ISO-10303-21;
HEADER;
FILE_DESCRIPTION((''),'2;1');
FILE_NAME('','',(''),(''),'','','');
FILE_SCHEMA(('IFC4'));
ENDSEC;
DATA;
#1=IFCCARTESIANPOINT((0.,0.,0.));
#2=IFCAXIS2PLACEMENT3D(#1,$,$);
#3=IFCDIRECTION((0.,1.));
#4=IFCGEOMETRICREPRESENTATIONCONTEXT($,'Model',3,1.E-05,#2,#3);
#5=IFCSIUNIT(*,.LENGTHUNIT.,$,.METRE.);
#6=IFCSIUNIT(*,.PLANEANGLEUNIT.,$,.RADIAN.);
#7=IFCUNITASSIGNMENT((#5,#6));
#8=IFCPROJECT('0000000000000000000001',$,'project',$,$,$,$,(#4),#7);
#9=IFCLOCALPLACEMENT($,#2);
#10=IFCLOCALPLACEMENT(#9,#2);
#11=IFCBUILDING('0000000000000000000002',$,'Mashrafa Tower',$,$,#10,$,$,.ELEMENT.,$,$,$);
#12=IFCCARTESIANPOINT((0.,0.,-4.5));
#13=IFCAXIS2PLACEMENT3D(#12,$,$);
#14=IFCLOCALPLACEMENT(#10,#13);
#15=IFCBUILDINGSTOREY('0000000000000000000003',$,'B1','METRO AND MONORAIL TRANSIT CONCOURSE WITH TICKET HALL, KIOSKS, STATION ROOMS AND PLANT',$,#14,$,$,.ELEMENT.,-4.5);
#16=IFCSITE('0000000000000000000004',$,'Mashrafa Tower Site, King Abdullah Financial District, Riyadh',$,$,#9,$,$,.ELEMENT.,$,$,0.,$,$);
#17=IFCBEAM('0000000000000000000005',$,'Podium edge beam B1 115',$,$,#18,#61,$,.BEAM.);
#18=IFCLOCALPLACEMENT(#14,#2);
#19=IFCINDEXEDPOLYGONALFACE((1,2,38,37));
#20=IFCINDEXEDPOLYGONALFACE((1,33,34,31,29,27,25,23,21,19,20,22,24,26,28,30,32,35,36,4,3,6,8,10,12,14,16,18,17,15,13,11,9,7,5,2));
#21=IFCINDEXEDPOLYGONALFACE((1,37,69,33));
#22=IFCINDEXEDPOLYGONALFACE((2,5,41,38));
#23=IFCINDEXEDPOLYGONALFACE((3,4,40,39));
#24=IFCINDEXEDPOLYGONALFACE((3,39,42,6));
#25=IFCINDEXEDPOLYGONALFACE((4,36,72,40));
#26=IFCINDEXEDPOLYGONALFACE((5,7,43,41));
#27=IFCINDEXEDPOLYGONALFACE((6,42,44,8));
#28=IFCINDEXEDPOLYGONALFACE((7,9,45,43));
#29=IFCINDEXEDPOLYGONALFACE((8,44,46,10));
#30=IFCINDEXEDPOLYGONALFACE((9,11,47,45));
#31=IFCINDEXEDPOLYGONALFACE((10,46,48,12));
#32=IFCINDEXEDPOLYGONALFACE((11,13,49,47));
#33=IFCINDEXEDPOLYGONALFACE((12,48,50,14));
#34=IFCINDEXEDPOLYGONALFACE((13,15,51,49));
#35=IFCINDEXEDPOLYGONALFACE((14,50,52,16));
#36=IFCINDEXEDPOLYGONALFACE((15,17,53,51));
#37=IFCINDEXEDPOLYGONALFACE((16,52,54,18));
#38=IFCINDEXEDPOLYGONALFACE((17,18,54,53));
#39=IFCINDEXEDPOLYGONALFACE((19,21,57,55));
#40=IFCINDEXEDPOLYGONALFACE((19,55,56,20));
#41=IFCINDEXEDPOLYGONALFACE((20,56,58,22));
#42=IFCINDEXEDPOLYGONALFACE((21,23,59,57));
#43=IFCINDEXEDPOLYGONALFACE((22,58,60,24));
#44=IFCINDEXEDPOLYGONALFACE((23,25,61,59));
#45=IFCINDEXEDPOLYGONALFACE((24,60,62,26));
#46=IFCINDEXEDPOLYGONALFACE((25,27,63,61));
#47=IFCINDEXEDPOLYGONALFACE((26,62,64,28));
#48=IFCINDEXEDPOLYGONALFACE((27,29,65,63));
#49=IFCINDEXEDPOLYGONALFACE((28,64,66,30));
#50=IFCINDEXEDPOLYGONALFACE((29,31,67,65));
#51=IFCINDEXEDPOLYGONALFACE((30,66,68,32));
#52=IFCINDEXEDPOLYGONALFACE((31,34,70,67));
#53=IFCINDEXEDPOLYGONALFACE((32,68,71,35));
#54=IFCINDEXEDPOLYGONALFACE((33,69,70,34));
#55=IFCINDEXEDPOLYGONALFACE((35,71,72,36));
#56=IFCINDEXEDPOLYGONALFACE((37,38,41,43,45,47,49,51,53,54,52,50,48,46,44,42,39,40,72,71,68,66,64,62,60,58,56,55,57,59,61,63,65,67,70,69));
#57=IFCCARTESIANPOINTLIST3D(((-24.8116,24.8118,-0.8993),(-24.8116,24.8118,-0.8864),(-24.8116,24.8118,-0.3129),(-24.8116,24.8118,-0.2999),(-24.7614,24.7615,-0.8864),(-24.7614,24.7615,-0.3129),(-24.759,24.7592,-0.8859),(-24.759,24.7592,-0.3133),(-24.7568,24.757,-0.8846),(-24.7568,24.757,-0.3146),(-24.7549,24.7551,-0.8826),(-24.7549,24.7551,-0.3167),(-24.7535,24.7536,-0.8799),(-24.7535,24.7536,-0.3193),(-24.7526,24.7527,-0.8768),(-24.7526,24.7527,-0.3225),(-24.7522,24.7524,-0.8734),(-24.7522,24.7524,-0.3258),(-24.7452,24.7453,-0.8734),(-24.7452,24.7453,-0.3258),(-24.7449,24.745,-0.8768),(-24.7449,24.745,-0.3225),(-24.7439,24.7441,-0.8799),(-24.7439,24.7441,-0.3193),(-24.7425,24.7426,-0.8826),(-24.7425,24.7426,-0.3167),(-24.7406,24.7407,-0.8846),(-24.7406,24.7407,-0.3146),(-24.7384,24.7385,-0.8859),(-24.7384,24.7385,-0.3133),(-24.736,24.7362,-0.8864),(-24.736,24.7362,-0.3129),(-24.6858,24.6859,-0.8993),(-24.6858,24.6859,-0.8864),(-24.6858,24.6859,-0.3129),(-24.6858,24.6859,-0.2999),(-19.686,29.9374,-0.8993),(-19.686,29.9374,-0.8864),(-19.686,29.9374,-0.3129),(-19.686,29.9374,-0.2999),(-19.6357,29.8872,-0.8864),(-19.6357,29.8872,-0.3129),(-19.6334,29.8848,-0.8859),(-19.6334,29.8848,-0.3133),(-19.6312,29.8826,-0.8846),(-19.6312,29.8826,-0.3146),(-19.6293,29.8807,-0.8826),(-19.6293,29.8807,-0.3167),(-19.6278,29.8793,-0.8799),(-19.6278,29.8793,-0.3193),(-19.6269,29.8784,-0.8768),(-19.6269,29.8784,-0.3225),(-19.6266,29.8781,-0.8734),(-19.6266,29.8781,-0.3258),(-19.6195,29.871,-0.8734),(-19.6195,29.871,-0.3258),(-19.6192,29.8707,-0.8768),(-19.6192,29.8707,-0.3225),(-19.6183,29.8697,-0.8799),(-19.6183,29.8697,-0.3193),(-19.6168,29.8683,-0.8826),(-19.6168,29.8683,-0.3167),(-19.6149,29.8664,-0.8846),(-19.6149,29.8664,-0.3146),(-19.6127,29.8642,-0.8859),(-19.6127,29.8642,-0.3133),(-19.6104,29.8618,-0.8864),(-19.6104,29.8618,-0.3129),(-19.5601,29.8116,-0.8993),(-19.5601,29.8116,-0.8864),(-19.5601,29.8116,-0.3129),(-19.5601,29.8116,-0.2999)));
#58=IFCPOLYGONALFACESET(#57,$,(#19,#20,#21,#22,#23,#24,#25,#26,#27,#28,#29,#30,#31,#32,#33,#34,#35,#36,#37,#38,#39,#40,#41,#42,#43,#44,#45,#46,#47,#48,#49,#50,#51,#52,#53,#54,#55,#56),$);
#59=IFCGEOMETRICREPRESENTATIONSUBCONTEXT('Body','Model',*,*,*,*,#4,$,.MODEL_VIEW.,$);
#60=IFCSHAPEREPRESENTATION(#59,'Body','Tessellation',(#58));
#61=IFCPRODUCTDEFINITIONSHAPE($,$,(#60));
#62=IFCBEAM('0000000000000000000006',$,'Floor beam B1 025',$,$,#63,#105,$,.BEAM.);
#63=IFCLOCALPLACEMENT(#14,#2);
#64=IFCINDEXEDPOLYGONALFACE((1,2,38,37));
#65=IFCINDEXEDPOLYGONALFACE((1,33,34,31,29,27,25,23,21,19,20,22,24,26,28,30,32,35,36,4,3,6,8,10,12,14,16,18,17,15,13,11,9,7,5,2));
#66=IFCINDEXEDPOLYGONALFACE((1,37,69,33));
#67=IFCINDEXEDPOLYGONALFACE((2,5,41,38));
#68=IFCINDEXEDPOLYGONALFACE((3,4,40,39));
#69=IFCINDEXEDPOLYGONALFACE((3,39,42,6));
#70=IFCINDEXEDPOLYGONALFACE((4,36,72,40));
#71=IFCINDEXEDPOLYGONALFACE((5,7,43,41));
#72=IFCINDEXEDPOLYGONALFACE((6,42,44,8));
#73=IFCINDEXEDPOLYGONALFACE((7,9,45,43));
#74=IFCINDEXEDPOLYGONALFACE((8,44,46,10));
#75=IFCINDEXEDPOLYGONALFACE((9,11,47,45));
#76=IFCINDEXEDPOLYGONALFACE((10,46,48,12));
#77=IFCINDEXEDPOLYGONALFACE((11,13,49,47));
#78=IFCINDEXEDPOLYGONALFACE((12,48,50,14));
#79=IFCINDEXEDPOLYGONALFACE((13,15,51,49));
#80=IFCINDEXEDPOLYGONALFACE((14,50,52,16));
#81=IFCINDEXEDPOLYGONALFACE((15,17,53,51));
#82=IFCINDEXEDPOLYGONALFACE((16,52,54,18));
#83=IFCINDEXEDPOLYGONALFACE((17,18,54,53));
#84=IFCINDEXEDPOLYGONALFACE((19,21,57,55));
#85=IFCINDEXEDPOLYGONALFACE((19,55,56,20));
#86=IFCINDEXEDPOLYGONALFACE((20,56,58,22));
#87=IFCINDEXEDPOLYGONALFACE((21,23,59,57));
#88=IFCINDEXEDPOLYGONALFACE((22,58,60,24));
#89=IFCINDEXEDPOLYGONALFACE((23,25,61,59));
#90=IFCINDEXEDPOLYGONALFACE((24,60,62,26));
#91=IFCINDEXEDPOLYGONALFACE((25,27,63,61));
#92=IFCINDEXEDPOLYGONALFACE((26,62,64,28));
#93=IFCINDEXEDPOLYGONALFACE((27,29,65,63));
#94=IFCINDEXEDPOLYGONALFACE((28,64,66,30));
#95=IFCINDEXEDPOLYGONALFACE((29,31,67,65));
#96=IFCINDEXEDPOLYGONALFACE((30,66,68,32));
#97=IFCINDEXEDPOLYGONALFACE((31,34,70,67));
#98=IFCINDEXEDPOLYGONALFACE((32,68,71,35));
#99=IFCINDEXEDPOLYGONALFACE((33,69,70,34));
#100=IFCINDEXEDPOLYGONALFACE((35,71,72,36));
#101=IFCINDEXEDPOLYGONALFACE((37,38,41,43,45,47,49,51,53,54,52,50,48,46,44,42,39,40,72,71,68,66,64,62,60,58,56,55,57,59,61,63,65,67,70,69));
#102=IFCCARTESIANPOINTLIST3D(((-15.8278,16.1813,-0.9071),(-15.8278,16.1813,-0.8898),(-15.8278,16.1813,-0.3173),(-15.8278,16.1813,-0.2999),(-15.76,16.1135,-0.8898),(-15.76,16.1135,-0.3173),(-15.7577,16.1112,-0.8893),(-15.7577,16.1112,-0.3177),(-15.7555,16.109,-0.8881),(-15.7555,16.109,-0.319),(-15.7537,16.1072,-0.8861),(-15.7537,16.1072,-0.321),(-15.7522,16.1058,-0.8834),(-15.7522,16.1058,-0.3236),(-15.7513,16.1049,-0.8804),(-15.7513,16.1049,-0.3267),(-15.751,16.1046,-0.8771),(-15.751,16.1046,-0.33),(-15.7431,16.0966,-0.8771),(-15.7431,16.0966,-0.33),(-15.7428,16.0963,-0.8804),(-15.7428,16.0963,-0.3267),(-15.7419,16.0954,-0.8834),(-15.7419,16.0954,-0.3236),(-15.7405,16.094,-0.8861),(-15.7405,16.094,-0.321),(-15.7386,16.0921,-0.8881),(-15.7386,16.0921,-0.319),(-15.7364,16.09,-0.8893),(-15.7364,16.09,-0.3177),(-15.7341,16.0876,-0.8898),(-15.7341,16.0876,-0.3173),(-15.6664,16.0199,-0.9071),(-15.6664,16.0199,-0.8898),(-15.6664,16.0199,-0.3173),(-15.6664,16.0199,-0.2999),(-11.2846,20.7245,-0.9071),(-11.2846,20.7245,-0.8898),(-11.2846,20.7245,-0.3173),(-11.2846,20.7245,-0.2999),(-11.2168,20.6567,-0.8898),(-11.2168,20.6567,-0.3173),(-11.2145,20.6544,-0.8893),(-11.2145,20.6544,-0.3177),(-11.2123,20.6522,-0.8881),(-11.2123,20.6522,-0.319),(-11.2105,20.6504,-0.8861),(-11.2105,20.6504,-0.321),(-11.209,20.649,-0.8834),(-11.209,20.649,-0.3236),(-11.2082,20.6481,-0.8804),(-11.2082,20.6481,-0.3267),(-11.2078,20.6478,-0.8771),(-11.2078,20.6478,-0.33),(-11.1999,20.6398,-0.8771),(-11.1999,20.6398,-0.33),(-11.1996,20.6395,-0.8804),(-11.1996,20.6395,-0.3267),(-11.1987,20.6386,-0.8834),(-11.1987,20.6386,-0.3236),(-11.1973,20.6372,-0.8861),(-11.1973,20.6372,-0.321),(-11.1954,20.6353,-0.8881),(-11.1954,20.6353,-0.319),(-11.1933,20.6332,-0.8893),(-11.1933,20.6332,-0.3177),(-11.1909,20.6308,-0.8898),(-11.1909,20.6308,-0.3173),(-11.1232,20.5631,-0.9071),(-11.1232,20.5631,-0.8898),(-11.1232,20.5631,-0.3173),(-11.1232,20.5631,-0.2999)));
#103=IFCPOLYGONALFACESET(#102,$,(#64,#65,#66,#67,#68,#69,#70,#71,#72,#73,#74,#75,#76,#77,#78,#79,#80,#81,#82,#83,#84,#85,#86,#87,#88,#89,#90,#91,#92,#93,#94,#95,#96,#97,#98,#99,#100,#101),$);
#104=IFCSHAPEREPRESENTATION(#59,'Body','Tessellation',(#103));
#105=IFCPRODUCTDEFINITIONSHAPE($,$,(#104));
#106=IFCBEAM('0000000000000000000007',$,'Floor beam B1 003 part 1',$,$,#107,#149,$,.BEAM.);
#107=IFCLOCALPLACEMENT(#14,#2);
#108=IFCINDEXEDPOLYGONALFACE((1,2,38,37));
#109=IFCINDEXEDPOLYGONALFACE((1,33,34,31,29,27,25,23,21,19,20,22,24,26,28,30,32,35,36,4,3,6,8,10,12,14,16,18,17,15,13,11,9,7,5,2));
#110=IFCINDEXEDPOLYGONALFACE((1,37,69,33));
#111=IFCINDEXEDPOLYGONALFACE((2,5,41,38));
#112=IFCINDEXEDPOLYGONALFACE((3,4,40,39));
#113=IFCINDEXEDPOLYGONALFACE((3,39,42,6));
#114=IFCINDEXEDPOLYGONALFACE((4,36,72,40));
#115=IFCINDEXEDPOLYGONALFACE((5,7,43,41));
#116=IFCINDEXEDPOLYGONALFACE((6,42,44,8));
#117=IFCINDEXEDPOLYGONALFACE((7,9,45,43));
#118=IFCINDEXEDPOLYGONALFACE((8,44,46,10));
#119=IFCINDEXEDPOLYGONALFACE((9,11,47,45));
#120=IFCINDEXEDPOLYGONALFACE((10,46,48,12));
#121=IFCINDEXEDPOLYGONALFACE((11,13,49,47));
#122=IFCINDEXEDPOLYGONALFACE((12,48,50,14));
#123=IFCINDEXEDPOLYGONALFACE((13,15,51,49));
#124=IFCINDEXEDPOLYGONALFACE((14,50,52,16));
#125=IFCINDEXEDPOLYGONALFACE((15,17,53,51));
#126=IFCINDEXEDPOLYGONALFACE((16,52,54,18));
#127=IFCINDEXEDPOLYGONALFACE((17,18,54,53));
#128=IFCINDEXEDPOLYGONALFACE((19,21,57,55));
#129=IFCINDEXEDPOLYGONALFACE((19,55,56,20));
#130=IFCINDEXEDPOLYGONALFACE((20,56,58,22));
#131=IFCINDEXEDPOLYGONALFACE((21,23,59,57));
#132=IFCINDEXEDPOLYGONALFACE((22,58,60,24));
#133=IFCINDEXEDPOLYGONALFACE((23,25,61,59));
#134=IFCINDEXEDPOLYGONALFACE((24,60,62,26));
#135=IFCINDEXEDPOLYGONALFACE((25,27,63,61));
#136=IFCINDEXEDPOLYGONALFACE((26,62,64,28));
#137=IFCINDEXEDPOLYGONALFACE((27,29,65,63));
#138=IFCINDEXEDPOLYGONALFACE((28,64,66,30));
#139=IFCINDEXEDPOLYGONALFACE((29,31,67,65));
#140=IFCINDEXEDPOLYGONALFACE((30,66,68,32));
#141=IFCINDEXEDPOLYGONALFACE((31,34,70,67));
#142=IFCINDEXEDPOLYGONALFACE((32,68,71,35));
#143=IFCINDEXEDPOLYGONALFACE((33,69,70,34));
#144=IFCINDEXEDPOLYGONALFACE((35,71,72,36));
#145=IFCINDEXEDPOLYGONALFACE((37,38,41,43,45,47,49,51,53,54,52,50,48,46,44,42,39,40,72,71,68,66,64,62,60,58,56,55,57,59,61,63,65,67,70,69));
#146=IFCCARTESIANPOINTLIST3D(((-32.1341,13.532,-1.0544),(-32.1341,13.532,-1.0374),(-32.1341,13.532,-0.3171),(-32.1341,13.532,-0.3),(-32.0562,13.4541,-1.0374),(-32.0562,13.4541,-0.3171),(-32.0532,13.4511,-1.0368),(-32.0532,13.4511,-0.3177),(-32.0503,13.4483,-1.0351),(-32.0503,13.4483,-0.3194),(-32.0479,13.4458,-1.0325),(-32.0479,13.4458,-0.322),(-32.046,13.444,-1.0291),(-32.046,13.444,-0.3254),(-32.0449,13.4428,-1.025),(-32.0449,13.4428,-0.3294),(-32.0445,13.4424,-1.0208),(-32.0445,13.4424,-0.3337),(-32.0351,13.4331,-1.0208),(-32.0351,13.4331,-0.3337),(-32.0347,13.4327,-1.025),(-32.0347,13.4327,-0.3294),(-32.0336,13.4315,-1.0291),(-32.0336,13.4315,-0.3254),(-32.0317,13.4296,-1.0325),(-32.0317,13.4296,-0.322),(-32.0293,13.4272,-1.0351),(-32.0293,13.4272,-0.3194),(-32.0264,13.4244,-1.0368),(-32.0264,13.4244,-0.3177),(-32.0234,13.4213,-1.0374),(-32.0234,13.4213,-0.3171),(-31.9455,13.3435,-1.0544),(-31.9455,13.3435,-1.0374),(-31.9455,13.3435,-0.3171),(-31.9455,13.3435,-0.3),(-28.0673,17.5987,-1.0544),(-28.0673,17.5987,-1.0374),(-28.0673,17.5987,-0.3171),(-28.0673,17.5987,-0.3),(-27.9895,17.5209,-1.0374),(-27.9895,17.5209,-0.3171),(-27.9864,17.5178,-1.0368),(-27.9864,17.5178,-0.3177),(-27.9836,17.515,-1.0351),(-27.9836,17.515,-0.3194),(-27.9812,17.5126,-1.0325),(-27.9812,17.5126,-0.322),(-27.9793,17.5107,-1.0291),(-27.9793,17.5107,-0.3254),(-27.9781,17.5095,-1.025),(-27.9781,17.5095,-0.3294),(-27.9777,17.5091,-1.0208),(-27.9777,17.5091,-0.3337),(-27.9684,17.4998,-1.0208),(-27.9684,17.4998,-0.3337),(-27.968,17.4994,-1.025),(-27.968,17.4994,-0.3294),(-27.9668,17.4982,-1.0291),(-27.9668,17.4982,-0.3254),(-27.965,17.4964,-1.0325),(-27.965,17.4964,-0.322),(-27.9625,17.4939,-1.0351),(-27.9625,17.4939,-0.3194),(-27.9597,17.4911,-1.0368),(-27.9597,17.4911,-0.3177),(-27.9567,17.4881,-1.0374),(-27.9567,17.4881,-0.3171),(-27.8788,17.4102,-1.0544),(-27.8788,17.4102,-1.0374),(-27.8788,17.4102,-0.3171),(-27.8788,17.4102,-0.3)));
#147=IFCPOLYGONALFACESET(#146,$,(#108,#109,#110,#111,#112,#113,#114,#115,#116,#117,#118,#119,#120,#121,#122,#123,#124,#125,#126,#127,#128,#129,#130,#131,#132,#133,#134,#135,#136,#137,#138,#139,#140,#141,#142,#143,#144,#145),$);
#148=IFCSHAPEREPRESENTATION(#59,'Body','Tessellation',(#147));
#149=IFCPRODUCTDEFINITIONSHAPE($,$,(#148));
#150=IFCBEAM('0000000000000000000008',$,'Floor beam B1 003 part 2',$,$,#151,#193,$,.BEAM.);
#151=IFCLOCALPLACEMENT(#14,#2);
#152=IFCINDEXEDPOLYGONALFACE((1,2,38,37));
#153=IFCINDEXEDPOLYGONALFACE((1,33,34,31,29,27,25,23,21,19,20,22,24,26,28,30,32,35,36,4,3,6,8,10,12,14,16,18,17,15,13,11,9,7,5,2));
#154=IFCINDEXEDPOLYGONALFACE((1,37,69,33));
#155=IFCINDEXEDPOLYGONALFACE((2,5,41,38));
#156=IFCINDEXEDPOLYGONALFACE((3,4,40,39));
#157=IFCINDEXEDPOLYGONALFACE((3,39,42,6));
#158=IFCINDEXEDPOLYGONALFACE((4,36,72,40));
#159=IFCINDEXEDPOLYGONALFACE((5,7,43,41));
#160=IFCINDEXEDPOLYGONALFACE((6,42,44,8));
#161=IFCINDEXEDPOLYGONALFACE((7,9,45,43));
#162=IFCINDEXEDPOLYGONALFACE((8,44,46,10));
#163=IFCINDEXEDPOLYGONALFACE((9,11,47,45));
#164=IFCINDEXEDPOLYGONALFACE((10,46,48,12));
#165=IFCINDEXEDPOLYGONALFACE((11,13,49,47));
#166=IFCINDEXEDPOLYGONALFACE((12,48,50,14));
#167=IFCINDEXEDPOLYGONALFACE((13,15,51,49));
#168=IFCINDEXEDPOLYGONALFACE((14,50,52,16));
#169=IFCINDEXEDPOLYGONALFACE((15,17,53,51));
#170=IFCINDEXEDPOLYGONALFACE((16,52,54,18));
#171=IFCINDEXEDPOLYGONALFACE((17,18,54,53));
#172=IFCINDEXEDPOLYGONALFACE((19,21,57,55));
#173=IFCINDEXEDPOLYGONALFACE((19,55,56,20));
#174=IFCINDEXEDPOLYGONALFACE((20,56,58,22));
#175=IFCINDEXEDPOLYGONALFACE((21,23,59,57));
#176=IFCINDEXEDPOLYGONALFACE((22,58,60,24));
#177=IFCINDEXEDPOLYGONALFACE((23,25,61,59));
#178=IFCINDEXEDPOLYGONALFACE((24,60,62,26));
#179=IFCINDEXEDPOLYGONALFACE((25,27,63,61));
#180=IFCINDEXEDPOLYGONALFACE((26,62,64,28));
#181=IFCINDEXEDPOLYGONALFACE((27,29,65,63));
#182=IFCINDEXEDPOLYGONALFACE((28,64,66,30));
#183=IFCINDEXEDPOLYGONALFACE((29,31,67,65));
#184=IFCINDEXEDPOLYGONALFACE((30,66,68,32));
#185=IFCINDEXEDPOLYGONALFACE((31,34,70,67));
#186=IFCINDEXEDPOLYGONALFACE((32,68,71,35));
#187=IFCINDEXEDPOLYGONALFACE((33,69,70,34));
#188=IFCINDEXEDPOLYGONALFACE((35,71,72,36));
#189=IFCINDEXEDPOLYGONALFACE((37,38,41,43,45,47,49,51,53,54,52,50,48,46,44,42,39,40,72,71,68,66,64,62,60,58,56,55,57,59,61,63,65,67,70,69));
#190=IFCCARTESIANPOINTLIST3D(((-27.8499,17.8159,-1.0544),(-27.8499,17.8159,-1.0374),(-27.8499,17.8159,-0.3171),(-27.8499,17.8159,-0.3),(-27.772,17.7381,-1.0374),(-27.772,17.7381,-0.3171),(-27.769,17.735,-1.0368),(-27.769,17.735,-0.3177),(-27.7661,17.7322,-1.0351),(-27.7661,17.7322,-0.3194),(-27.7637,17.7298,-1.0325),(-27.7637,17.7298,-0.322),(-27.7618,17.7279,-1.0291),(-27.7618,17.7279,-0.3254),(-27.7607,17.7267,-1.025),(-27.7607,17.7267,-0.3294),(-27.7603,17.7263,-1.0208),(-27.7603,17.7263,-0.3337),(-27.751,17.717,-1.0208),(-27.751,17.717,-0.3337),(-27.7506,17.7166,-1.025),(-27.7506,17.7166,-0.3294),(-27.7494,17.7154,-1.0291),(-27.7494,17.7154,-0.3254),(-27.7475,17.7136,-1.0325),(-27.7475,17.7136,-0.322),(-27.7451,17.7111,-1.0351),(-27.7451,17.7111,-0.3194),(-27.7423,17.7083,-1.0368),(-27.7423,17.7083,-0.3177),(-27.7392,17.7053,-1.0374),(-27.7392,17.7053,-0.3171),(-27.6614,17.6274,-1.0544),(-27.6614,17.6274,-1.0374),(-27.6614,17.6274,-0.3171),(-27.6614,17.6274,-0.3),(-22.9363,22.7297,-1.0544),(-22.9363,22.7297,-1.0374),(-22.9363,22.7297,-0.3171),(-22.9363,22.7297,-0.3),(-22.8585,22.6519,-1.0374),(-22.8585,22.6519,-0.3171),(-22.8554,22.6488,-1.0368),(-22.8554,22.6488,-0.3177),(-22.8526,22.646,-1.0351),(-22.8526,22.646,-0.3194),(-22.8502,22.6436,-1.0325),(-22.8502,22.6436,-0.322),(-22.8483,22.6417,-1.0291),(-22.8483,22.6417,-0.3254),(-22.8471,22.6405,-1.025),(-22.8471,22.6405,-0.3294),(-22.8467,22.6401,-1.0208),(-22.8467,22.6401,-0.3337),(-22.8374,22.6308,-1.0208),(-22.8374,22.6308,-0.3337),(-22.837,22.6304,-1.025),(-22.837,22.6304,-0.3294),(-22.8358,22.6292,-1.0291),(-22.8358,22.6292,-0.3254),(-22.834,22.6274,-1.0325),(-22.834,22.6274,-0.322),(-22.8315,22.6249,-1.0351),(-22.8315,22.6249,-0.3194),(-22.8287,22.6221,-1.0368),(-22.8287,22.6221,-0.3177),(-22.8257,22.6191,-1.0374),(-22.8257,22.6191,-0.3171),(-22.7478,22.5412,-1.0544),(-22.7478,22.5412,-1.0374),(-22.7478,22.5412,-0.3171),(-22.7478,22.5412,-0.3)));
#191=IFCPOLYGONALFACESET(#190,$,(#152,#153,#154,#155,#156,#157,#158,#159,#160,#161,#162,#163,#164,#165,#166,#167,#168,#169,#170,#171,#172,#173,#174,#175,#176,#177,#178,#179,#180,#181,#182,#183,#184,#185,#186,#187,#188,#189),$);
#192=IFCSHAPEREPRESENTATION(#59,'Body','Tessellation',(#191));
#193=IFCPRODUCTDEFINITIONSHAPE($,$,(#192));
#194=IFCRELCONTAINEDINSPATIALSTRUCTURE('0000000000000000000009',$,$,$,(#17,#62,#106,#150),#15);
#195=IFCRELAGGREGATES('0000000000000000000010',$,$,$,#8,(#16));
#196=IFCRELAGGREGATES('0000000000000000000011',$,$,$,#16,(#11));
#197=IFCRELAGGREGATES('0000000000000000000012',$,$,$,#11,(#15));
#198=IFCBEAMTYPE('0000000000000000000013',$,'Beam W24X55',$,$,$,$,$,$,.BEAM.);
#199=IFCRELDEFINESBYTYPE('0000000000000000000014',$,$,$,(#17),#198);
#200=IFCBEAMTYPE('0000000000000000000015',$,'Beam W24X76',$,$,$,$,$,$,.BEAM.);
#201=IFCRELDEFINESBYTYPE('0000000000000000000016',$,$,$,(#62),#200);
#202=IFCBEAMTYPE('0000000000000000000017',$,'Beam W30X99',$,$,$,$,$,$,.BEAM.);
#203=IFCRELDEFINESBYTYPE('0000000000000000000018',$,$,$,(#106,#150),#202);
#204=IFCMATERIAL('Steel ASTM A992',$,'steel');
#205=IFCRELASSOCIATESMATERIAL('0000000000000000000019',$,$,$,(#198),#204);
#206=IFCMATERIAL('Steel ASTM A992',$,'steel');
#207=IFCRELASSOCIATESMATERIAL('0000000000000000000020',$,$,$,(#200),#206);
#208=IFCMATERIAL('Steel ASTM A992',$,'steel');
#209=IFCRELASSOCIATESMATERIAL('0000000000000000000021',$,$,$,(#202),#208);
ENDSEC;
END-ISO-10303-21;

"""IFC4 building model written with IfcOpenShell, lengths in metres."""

from ifc_helpers import new_model, si_unit, direction, frame, origin, origin_2d, place, context, subcontext, project, spatial, i_section, extrude, material, material_profile, profile_set, type_object, element, save


model = new_model("IFC4")

# Units and contexts
model_context = context("Model", 3, precision=1e-05, world=origin(), true_north=direction((0.0, 1.0)))
body_context = subcontext(model_context, "Body", "Model", "MODEL_VIEW")
ifc_project = project(units=[si_unit("LENGTHUNIT", "METRE"), si_unit("PLANEANGLEUNIT", "RADIAN")], contexts=[model_context])

# Site, building, storey
site_placement = place(None, origin())
site = spatial("IfcSite", under=ifc_project, at=site_placement, Name="Mashrafa Tower Site, King Abdullah Financial District, Riyadh", CompositionType="ELEMENT", RefElevation=0.0)
building_placement = place(site_placement, origin())
building = spatial("IfcBuilding", under=site, at=building_placement, Name="Mashrafa Tower", CompositionType="ELEMENT")
storey_placement = place(building_placement, frame((0.0, 0.0, -4.5)))
storey = spatial("IfcBuildingStorey", under=building, at=storey_placement, Name="B1", Description="METRO AND MONORAIL TRANSIT CONCOURSE WITH TICKET HALL, KIOSKS, STATION ROOMS AND PLANT", CompositionType="ELEMENT", Elevation=-4.5)

# Beams
ifc_material_1 = material(Name="Steel ASTM A992", Category="steel")
ifc_material_profile_1 = material_profile(ifc_material_1, i_section(OverallWidth=0.178, OverallDepth=0.5994, WebThickness=0.01, FlangeThickness=0.0129, FilletRadius=0.0129, at=origin_2d()), Name="W24X55")
ifc_profile_set_1 = profile_set([ifc_material_profile_1], Name="Steel ASTM A992")
beam_type_1 = type_object("IfcBeamType", Name="Beam W24X55", PredefinedType="BEAM", material=ifc_profile_set_1)
for number, where, z_axis, x_axis, name in (
    (1, (-19.623, 29.8745, -0.5996), (-0.707107, -0.707107, 0.0), (0.707107, -0.707107, 0.0), "Podium edge beam B1 115"),
):
    element("IfcBeam", number, at=place(storey_placement, frame(where, z_axis=z_axis, x_axis=x_axis)), inside=storey, type_object=beam_type_1, Name=name, PredefinedType="BEAM", context=body_context, shape_type="SweptSolid", body=[
        extrude(i_section(OverallWidth=0.178, OverallDepth=0.5994, WebThickness=0.01, FlangeThickness=0.0129, FilletRadius=0.0129, at=origin_2d()), origin(), (0.0, 0.0, 1.0), 7.2488),
    ])
ifc_material_2 = material(Name="Steel ASTM A992", Category="steel")
ifc_material_profile_2 = material_profile(ifc_material_2, i_section(OverallWidth=0.2283, OverallDepth=0.6072, WebThickness=0.0112, FlangeThickness=0.0173, FilletRadius=0.0127, at=origin_2d()), Name="W24X76")
ifc_profile_set_2 = profile_set([ifc_material_profile_2], Name="Steel ASTM A992")
beam_type_2 = type_object("IfcBeamType", Name="Beam W24X76", PredefinedType="BEAM", material=ifc_profile_set_2)
beam_1_placement = place(storey_placement, frame((-15.7471, 16.1006, -0.6035), z_axis=(0.707107, 0.707107, 0.0), x_axis=(-0.707107, 0.707107, 0.0)))
element("IfcBeam", 2, at=beam_1_placement, inside=storey, type_object=beam_type_2, Name="Floor beam B1 025", PredefinedType="BEAM", context=body_context, shape_type="SweptSolid", body=[
    extrude(i_section(OverallWidth=0.2283, OverallDepth=0.6072, WebThickness=0.0112, FlangeThickness=0.0173, FilletRadius=0.0127, at=origin_2d()), origin(), (0.0, 0.0, 1.0), 6.425),
])
ifc_material_3 = material(Name="Steel ASTM A992", Category="steel")
ifc_material_profile_3 = material_profile(ifc_material_3, i_section(OverallWidth=0.2666, OverallDepth=0.7544, WebThickness=0.0132, FlangeThickness=0.0171, FilletRadius=0.0166, at=origin_2d()), Name="W30X99")
ifc_profile_set_3 = profile_set([ifc_material_profile_3], Name="Steel ASTM A992")
beam_type_3 = type_object("IfcBeamType", Name="Beam W30X99", PredefinedType="BEAM", material=ifc_profile_set_3)
beam_2_placement = place(storey_placement, frame((-32.0398, 13.4377, -0.6772), z_axis=(0.707107, 0.707107, 0.0), x_axis=(-0.707107, 0.707107, 0.0)))
element("IfcBeam", 3, at=beam_2_placement, inside=storey, type_object=beam_type_3, Name="Floor beam B1 003 part 1", PredefinedType="BEAM", context=body_context, shape_type="SweptSolid", body=[
    extrude(i_section(OverallWidth=0.2666, OverallDepth=0.7544, WebThickness=0.0132, FlangeThickness=0.0171, FilletRadius=0.0166, at=origin_2d()), origin(), (0.0, 0.0, 1.0), 5.7512),
])
beam_3_placement = place(storey_placement, frame((-27.7556, 17.7217, -0.6772), z_axis=(0.707089, 0.707124, 0.0), x_axis=(-0.707124, 0.707089, 0.0)))
element("IfcBeam", 4, at=beam_3_placement, inside=storey, type_object=beam_type_3, Name="Floor beam B1 003 part 2", PredefinedType="BEAM", context=body_context, shape_type="SweptSolid", body=[
    extrude(i_section(OverallWidth=0.2666, OverallDepth=0.7544, WebThickness=0.0132, FlangeThickness=0.0171, FilletRadius=0.0166, at=origin_2d()), origin(), (0.0, 0.0, 1.0), 6.949),
])

save(model, "model.ifc")
